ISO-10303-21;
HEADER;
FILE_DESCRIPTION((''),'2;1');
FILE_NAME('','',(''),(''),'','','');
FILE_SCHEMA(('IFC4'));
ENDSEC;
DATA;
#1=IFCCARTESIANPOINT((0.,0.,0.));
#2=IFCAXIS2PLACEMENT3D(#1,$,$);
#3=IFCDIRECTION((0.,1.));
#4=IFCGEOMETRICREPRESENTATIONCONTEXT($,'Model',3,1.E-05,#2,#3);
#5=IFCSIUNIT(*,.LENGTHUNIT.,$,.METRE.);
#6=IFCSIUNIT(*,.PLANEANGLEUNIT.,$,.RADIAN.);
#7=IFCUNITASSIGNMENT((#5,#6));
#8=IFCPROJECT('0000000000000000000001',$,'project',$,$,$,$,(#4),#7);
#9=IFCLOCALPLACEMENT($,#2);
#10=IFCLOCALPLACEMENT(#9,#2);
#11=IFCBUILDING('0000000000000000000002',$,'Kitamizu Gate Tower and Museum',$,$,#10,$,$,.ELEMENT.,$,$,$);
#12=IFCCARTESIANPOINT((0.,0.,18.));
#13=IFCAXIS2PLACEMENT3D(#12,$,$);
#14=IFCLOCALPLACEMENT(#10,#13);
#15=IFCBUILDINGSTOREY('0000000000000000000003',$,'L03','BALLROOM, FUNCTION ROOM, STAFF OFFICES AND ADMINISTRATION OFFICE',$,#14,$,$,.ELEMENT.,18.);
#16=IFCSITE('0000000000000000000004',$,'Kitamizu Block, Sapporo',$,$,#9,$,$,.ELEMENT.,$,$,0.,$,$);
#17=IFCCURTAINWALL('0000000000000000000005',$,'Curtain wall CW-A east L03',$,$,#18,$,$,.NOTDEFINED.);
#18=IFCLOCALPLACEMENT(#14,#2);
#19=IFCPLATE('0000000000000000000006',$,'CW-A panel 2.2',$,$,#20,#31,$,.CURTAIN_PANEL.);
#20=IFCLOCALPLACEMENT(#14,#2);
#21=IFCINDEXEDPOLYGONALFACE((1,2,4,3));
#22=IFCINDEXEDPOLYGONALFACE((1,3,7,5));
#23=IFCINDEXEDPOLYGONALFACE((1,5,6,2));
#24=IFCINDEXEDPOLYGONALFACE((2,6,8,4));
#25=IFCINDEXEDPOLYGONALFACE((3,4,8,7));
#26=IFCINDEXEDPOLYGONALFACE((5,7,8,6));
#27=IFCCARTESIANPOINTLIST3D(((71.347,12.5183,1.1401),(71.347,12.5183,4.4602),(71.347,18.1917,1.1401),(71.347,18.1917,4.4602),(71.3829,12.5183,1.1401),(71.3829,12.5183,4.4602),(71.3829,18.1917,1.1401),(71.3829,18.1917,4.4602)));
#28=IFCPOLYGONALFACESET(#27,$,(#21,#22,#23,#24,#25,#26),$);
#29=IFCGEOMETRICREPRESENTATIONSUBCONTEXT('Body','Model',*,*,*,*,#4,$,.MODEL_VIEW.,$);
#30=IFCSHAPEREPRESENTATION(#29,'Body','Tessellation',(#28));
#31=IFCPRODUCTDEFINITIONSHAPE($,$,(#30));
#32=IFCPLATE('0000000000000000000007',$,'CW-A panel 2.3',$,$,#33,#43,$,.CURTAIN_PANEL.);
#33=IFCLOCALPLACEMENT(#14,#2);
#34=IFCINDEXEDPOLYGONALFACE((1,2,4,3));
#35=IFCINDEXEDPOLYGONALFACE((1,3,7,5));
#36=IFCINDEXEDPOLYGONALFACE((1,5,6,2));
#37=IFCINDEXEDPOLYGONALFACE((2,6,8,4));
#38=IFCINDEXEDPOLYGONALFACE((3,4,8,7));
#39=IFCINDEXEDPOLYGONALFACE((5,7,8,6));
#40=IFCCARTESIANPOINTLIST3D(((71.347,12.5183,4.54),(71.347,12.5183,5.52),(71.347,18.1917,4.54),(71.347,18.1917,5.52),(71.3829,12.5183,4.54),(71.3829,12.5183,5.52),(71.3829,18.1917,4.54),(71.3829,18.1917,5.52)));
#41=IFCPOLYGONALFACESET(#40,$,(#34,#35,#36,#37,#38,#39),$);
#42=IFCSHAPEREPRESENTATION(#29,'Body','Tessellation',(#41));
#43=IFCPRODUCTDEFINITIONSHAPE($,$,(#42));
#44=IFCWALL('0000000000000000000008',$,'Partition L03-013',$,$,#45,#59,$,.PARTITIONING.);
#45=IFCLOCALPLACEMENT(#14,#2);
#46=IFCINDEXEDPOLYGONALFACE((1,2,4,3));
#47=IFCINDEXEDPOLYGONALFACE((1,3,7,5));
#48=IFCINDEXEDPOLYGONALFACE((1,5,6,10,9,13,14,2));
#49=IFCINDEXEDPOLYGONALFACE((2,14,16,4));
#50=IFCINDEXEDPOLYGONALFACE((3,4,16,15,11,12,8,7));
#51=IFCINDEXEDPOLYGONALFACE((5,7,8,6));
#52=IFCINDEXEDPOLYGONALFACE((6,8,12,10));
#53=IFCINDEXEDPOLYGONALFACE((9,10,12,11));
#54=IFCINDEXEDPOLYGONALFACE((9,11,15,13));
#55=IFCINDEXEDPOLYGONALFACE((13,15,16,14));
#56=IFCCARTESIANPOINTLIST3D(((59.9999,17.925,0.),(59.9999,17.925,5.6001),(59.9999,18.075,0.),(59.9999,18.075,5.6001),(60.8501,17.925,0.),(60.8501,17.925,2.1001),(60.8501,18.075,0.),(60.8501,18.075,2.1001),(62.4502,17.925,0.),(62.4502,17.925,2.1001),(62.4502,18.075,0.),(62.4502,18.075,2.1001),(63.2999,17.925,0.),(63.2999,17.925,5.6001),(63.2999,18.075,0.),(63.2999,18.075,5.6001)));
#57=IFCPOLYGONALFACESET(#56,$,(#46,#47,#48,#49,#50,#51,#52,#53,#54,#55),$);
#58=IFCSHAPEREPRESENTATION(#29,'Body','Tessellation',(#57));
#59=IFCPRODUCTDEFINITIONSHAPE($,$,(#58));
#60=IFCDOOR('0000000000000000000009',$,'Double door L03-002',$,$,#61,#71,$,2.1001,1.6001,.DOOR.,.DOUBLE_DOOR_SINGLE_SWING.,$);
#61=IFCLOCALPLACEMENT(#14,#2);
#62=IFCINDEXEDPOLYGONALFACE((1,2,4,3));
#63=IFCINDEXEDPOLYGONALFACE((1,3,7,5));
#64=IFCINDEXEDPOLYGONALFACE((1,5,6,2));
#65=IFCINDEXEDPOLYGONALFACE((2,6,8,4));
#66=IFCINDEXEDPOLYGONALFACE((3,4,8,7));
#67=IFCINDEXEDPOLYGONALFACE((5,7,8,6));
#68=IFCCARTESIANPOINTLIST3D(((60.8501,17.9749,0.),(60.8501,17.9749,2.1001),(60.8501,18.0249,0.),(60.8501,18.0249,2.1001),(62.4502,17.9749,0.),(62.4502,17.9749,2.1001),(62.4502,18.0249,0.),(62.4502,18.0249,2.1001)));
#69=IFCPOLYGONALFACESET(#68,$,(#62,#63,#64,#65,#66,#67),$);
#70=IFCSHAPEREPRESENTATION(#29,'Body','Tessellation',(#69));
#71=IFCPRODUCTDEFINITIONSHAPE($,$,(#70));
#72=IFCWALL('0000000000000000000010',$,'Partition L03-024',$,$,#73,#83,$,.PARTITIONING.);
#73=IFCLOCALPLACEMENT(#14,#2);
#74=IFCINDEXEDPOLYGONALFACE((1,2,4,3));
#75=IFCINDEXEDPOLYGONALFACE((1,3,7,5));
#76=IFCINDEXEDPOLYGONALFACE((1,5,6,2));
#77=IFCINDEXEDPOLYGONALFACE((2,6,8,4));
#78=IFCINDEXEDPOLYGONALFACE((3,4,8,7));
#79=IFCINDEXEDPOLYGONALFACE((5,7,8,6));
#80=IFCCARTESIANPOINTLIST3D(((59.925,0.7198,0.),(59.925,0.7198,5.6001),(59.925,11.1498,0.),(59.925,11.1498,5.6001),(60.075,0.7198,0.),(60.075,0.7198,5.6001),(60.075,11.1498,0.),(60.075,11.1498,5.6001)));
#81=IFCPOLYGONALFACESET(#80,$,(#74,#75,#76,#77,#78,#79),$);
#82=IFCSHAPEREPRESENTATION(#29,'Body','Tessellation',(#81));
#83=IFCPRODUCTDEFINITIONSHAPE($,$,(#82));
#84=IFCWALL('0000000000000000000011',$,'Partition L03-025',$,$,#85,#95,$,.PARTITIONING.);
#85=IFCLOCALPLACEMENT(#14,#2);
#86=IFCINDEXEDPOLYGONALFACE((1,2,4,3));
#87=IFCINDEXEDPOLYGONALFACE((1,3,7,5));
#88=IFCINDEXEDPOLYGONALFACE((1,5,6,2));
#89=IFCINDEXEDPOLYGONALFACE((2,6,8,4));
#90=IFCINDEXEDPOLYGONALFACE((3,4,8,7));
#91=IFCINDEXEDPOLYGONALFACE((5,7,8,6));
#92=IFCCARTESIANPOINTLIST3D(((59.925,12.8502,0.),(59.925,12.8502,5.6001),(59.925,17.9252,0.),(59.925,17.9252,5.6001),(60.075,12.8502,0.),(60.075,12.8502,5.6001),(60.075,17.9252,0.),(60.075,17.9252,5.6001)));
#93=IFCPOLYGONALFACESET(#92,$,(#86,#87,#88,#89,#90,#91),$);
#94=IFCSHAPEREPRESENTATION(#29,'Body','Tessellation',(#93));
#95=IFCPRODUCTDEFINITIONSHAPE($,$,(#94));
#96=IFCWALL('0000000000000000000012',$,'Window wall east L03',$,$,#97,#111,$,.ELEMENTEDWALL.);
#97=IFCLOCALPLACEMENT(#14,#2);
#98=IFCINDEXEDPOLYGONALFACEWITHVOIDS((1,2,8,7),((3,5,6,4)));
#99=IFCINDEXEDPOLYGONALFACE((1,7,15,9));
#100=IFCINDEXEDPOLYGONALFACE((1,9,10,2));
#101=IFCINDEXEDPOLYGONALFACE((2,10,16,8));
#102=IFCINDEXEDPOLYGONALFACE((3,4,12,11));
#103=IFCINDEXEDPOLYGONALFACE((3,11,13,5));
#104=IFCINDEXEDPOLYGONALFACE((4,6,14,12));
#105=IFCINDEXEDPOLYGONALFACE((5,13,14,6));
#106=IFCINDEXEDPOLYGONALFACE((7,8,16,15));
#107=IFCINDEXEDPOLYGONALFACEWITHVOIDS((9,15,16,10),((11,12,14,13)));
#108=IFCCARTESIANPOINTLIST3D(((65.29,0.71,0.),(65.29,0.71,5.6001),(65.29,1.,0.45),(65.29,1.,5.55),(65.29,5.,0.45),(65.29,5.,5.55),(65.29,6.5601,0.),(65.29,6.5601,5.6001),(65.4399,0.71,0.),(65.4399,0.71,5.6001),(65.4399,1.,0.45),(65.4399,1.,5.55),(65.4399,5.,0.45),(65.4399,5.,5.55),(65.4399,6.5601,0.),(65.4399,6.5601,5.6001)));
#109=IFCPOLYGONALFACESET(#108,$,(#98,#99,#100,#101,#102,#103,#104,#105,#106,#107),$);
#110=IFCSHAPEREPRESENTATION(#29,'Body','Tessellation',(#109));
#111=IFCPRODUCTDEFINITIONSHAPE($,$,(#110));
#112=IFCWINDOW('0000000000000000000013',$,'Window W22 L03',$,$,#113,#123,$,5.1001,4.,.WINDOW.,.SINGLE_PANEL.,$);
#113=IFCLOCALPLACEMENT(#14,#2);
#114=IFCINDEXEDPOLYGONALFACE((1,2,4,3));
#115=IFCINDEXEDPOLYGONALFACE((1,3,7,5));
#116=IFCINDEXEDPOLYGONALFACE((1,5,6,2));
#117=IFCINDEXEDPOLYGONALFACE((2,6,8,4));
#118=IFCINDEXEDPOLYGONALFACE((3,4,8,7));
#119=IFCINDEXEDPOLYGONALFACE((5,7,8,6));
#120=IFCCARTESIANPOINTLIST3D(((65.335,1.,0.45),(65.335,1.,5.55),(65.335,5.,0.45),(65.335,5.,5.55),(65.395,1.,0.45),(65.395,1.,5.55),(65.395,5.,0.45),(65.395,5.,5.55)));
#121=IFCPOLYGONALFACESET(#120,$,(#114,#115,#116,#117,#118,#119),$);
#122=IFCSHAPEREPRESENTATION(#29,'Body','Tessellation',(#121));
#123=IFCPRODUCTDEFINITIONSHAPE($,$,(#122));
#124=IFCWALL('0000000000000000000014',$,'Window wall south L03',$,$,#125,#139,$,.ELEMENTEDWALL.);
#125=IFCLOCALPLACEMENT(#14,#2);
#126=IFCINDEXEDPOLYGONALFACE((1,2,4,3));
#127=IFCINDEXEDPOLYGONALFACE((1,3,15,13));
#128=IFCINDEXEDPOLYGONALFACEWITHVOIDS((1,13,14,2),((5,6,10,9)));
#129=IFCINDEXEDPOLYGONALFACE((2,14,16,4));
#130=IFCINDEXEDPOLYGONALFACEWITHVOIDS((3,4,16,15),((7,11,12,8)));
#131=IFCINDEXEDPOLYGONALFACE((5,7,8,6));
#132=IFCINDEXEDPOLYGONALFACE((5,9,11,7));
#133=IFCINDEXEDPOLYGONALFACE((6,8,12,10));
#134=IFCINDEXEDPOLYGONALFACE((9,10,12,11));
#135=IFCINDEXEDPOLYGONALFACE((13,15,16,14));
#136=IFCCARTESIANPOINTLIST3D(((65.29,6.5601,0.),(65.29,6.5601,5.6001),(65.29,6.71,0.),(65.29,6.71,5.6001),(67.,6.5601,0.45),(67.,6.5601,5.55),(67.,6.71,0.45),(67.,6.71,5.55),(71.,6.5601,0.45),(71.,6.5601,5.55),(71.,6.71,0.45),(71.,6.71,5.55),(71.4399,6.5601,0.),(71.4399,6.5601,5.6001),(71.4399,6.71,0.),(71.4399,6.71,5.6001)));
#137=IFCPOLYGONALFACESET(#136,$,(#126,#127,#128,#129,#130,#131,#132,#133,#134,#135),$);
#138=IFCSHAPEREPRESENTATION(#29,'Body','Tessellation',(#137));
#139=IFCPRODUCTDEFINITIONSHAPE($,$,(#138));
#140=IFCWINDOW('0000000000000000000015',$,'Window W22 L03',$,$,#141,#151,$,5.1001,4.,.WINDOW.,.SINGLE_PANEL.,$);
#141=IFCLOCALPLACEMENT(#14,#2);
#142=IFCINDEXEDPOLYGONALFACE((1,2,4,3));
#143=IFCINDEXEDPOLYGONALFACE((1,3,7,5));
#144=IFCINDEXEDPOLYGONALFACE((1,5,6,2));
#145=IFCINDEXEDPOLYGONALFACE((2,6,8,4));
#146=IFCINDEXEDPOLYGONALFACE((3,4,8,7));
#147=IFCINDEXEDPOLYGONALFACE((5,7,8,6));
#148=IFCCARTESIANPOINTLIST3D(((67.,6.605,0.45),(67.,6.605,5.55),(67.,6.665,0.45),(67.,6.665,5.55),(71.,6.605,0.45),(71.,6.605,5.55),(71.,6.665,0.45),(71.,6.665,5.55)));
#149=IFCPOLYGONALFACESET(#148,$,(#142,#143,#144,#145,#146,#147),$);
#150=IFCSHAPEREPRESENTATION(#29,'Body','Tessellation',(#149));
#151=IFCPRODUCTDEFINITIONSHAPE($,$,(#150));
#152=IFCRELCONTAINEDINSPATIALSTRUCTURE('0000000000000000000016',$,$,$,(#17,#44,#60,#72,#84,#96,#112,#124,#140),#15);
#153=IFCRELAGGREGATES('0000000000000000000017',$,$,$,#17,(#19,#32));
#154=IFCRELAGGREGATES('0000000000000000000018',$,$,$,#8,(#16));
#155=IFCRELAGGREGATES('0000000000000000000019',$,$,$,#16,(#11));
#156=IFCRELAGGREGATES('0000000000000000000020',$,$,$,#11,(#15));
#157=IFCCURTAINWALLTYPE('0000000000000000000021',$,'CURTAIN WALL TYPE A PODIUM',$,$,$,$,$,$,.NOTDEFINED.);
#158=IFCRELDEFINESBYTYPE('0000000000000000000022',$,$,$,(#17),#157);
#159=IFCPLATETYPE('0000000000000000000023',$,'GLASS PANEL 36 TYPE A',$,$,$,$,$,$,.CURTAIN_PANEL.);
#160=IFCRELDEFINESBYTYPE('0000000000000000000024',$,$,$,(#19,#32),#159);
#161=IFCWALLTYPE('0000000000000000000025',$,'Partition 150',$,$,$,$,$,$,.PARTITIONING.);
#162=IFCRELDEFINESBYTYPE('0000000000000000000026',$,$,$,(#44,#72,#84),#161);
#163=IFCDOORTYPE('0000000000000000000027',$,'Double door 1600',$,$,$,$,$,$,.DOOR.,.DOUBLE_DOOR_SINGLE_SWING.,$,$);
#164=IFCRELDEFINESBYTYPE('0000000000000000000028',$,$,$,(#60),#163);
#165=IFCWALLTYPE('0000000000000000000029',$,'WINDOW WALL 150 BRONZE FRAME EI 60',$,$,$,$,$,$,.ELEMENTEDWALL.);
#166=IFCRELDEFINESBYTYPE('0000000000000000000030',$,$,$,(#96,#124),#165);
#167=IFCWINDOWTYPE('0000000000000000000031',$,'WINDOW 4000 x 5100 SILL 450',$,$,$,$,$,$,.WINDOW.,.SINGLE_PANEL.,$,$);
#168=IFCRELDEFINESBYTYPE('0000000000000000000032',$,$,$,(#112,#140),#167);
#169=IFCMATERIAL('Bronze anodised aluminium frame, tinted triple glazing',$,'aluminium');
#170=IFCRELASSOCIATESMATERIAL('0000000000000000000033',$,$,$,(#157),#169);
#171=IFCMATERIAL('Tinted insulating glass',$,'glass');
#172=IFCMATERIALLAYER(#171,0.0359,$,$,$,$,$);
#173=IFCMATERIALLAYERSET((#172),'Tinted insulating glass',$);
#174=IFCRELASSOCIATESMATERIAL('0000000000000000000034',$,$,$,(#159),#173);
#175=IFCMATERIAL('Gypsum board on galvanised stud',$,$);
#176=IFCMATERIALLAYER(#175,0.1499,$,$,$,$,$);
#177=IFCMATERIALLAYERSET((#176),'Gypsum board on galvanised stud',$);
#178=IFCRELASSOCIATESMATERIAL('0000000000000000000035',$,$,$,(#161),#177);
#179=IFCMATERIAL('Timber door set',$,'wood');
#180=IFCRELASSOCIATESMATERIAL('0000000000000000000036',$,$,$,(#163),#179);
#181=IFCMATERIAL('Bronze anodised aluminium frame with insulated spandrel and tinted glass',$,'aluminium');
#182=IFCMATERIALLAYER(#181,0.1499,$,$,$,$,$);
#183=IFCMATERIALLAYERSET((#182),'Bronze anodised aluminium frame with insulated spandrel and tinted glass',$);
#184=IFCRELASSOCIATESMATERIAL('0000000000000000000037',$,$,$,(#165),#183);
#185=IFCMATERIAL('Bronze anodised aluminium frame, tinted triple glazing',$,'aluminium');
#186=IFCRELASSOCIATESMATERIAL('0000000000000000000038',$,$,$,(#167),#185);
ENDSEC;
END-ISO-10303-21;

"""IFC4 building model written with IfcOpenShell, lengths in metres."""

from ifc_helpers import new_model, si_unit, direction, frame, frame_2d, origin, origin_2d, place, context, subcontext, project, spatial, rectangle, extrude, material, layer, layer_set, type_object, element, fill, aggregate, save


model = new_model("IFC4")

# Units and contexts
model_context = context("Model", 3, precision=1e-05, world=origin(), true_north=direction((0.0, 1.0)))
body_context = subcontext(model_context, "Body", "Model", "MODEL_VIEW")
ifc_project = project(units=[si_unit("LENGTHUNIT", "METRE"), si_unit("PLANEANGLEUNIT", "RADIAN")], contexts=[model_context])

# Site, building, storey
site_placement = place(None, origin())
site = spatial("IfcSite", under=ifc_project, at=site_placement, Name="Kitamizu Block, Sapporo", CompositionType="ELEMENT", RefElevation=0.0)
building_placement = place(site_placement, origin())
building = spatial("IfcBuilding", under=site, at=building_placement, Name="Kitamizu Gate Tower and Museum", CompositionType="ELEMENT")
storey_placement = place(building_placement, frame((0.0, 0.0, 18.0)))
storey = spatial("IfcBuildingStorey", under=building, at=storey_placement, Name="L03", Description="BALLROOM, FUNCTION ROOM, STAFF OFFICES AND ADMINISTRATION OFFICE", CompositionType="ELEMENT", Elevation=18.0)

# Curtain wall, plates
ifc_material_1 = material(Name="Bronze anodised aluminium frame, tinted triple glazing", Category="aluminium")
curtain_wall_type = type_object("IfcCurtainWallType", Name="CURTAIN WALL TYPE A PODIUM", PredefinedType="NOTDEFINED", material=ifc_material_1)
curtain_wall_placement = place(storey_placement, origin())
curtain_wall = element("IfcCurtainWall", 1, at=curtain_wall_placement, inside=storey, type_object=curtain_wall_type, Name="Curtain wall CW-A east L03", PredefinedType="NOTDEFINED")
ifc_material_2 = material(Name="Tinted insulating glass", Category="glass")
ifc_layer_1 = layer(ifc_material_2, 0.0359)
ifc_layer_set_1 = layer_set([ifc_layer_1], Name="Tinted insulating glass")
plate_type = type_object("IfcPlateType", Name="GLASS PANEL 36 TYPE A", PredefinedType="CURTAIN_PANEL", material=ifc_layer_set_1)
plate_1_placement = place(storey_placement, frame((71.365, 15.355, 1.1401), z_axis=(0.0, 0.0, 1.0), x_axis=(0.0, 1.0, 0.0)))
plate_1 = element("IfcPlate", 2, at=plate_1_placement, type_object=plate_type, Name="CW-A panel 2.2", PredefinedType="CURTAIN_PANEL", context=body_context, shape_type="SweptSolid", body=[
    extrude(rectangle(XDim=5.6733, YDim=0.0359, at=origin_2d()), origin(), (0.0, 0.0, 1.0), 3.3201),
])
plate_2_placement = place(storey_placement, frame((71.365, 15.355, 4.54), z_axis=(0.0, 0.0, 1.0), x_axis=(0.0, 1.0, 0.0)))
plate_2 = element("IfcPlate", 3, at=plate_2_placement, type_object=plate_type, Name="CW-A panel 2.3", PredefinedType="CURTAIN_PANEL", context=body_context, shape_type="SweptSolid", body=[
    extrude(rectangle(XDim=5.6733, YDim=0.0359, at=origin_2d()), origin(), (0.0, 0.0, 1.0), 0.98),
])
aggregate(curtain_wall, [plate_1, plate_2])

# Wall, opening, door
ifc_material_3 = material(Name="Gypsum board on galvanised stud")
ifc_layer_2 = layer(ifc_material_3, 0.1499)
ifc_layer_set_2 = layer_set([ifc_layer_2], Name="Gypsum board on galvanised stud")
wall_type_1 = type_object("IfcWallType", Name="Partition 150", PredefinedType="PARTITIONING", material=ifc_layer_set_2)
wall_1_placement = place(storey_placement, frame((60.0, 18.0, 0.0), z_axis=(0.0, 0.0, 1.0), x_axis=(1.0, 0.0, 0.0)))
wall_1 = element("IfcWall", 4, at=wall_1_placement, inside=storey, type_object=wall_type_1, Name="Partition L03-013", PredefinedType="PARTITIONING", context=body_context, shape_type="SweptSolid", body=[
    extrude(rectangle(XDim=3.3, YDim=0.1499, at=frame_2d((1.6499, 0.0))), origin(), (0.0, 0.0, 1.0), 5.6001),
])
opening_1_placement = place(wall_1_placement, frame((0.8501, 0.0, 0.0)))
opening_1 = element("IfcOpeningElement", 5, at=opening_1_placement, cuts=wall_1, PredefinedType="OPENING", context=body_context, shape_type="SweptSolid", body=[
    extrude(rectangle(XDim=1.6001, YDim=2.1001, at=frame_2d((0.8, 1.05))), frame((0.0, 0.085, 0.0), z_axis=(0.0, -1.0, 0.0), x_axis=(1.0, 0.0, 0.0)), (0.0, 0.0, 1.0), 0.1699),
])
ifc_material_4 = material(Name="Timber door set", Category="wood")
door_type = type_object("IfcDoorType", Name="Double door 1600", OperationType="DOUBLE_DOOR_SINGLE_SWING", PredefinedType="DOOR", material=ifc_material_4)
door_placement = place(opening_1_placement, origin())
door = element("IfcDoor", 6, at=door_placement, inside=storey, type_object=door_type, Name="Double door L03-002", OperationType="DOUBLE_DOOR_SINGLE_SWING", OverallHeight=2.1001, OverallWidth=1.6001, PredefinedType="DOOR", context=body_context, shape_type="SweptSolid", body=[
    extrude(rectangle(XDim=1.6001, YDim=2.1001, at=frame_2d((0.8, 1.05))), frame((0.0, 0.0249, 0.0), z_axis=(0.0, -1.0, 0.0), x_axis=(1.0, 0.0, 0.0)), (0.0, 0.0, 1.0), 0.05),
])
fill(opening_1, door)

# Walls
wall_2_placement = place(storey_placement, frame((60.0, 0.72, 0.0), z_axis=(0.0, 0.0, 1.0), x_axis=(0.0, 1.0, 0.0)))
element("IfcWall", 7, at=wall_2_placement, inside=storey, type_object=wall_type_1, Name="Partition L03-024", PredefinedType="PARTITIONING", context=body_context, shape_type="SweptSolid", body=[
    extrude(rectangle(XDim=10.4299, YDim=0.1499, at=frame_2d((5.2148, 0.0))), origin(), (0.0, 0.0, 1.0), 5.6001),
])
wall_3_placement = place(storey_placement, frame((60.0, 12.8501, 0.0), z_axis=(0.0, 0.0, 1.0), x_axis=(0.0, 1.0, 0.0)))
element("IfcWall", 8, at=wall_3_placement, inside=storey, type_object=wall_type_1, Name="Partition L03-025", PredefinedType="PARTITIONING", context=body_context, shape_type="SweptSolid", body=[
    extrude(rectangle(XDim=5.075, YDim=0.1499, at=frame_2d((2.5376, 0.0))), origin(), (0.0, 0.0, 1.0), 5.6001),
])

# Walls, openings, windows
ifc_material_5 = material(Name="Bronze anodised aluminium frame with insulated spandrel and tinted glass", Category="aluminium")
ifc_layer_3 = layer(ifc_material_5, 0.1499)
ifc_layer_set_3 = layer_set([ifc_layer_3], Name="Bronze anodised aluminium frame with insulated spandrel and tinted glass")
wall_type_2 = type_object("IfcWallType", Name="WINDOW WALL 150 BRONZE FRAME EI 60", PredefinedType="ELEMENTEDWALL", material=ifc_layer_set_3)
wall_4_placement = place(storey_placement, frame((65.365, 0.71, 0.0), z_axis=(0.0, 0.0, 1.0), x_axis=(0.0, 1.0, 0.0)))
wall_4 = element("IfcWall", 9, at=wall_4_placement, inside=storey, type_object=wall_type_2, Name="Window wall east L03", PredefinedType="ELEMENTEDWALL", context=body_context, shape_type="SweptSolid", body=[
    extrude(rectangle(XDim=5.8501, YDim=0.1499, at=frame_2d((2.925, 0.0))), origin(), (0.0, 0.0, 1.0), 5.6001),
])
opening_2_placement = place(wall_4_placement, frame((0.29, 0.0, 0.45)))
opening_2 = element("IfcOpeningElement", 10, at=opening_2_placement, cuts=wall_4, PredefinedType="OPENING", context=body_context, shape_type="SweptSolid", body=[
    extrude(rectangle(XDim=4.0, YDim=5.1001, at=frame_2d((2.0, 2.55))), frame((0.0, 0.085, 0.0), z_axis=(0.0, -1.0, 0.0), x_axis=(1.0, 0.0, 0.0)), (0.0, 0.0, 1.0), 0.1699),
])
ifc_material_6 = material(Name="Bronze anodised aluminium frame, tinted triple glazing", Category="aluminium")
window_type = type_object("IfcWindowType", Name="WINDOW 4000 x 5100 SILL 450", PartitioningType="SINGLE_PANEL", PredefinedType="WINDOW", material=ifc_material_6)
window_1_placement = place(opening_2_placement, origin())
window_1 = element("IfcWindow", 11, at=window_1_placement, inside=storey, type_object=window_type, Name="Window W22 L03", OverallHeight=5.1001, OverallWidth=4.0, PartitioningType="SINGLE_PANEL", PredefinedType="WINDOW", context=body_context, shape_type="SweptSolid", body=[
    extrude(rectangle(XDim=4.0, YDim=5.1001, at=frame_2d((2.0, 2.55))), frame((0.0, 0.03, 0.0), z_axis=(0.0, -1.0, 0.0), x_axis=(1.0, 0.0, 0.0)), (0.0, 0.0, 1.0), 0.0601),
])
fill(opening_2, window_1)
wall_5_placement = place(storey_placement, frame((65.29, 6.635, 0.0), z_axis=(0.0, 0.0, 1.0), x_axis=(1.0, 0.0, 0.0)))
wall_5 = element("IfcWall", 12, at=wall_5_placement, inside=storey, type_object=wall_type_2, Name="Window wall south L03", PredefinedType="ELEMENTEDWALL", context=body_context, shape_type="SweptSolid", body=[
    extrude(rectangle(XDim=6.1499, YDim=0.1499, at=frame_2d((3.075, 0.0))), origin(), (0.0, 0.0, 1.0), 5.6001),
])
opening_3_placement = place(wall_5_placement, frame((1.71, 0.0, 0.45)))
opening_3 = element("IfcOpeningElement", 13, at=opening_3_placement, cuts=wall_5, PredefinedType="OPENING", context=body_context, shape_type="SweptSolid", body=[
    extrude(rectangle(XDim=4.0, YDim=5.1001, at=frame_2d((2.0, 2.55))), frame((0.0, 0.085, 0.0), z_axis=(0.0, -1.0, 0.0), x_axis=(1.0, 0.0, 0.0)), (0.0, 0.0, 1.0), 0.1699),
])
window_2_placement = place(opening_3_placement, origin())
window_2 = element("IfcWindow", 14, at=window_2_placement, inside=storey, type_object=window_type, Name="Window W22 L03", OverallHeight=5.1001, OverallWidth=4.0, PartitioningType="SINGLE_PANEL", PredefinedType="WINDOW", context=body_context, shape_type="SweptSolid", body=[
    extrude(rectangle(XDim=4.0, YDim=5.1001, at=frame_2d((2.0, 2.55))), frame((0.0, 0.03, 0.0), z_axis=(0.0, -1.0, 0.0), x_axis=(1.0, 0.0, 0.0)), (0.0, 0.0, 1.0), 0.0601),
])
fill(opening_3, window_2)

save(model, "model.ifc")
